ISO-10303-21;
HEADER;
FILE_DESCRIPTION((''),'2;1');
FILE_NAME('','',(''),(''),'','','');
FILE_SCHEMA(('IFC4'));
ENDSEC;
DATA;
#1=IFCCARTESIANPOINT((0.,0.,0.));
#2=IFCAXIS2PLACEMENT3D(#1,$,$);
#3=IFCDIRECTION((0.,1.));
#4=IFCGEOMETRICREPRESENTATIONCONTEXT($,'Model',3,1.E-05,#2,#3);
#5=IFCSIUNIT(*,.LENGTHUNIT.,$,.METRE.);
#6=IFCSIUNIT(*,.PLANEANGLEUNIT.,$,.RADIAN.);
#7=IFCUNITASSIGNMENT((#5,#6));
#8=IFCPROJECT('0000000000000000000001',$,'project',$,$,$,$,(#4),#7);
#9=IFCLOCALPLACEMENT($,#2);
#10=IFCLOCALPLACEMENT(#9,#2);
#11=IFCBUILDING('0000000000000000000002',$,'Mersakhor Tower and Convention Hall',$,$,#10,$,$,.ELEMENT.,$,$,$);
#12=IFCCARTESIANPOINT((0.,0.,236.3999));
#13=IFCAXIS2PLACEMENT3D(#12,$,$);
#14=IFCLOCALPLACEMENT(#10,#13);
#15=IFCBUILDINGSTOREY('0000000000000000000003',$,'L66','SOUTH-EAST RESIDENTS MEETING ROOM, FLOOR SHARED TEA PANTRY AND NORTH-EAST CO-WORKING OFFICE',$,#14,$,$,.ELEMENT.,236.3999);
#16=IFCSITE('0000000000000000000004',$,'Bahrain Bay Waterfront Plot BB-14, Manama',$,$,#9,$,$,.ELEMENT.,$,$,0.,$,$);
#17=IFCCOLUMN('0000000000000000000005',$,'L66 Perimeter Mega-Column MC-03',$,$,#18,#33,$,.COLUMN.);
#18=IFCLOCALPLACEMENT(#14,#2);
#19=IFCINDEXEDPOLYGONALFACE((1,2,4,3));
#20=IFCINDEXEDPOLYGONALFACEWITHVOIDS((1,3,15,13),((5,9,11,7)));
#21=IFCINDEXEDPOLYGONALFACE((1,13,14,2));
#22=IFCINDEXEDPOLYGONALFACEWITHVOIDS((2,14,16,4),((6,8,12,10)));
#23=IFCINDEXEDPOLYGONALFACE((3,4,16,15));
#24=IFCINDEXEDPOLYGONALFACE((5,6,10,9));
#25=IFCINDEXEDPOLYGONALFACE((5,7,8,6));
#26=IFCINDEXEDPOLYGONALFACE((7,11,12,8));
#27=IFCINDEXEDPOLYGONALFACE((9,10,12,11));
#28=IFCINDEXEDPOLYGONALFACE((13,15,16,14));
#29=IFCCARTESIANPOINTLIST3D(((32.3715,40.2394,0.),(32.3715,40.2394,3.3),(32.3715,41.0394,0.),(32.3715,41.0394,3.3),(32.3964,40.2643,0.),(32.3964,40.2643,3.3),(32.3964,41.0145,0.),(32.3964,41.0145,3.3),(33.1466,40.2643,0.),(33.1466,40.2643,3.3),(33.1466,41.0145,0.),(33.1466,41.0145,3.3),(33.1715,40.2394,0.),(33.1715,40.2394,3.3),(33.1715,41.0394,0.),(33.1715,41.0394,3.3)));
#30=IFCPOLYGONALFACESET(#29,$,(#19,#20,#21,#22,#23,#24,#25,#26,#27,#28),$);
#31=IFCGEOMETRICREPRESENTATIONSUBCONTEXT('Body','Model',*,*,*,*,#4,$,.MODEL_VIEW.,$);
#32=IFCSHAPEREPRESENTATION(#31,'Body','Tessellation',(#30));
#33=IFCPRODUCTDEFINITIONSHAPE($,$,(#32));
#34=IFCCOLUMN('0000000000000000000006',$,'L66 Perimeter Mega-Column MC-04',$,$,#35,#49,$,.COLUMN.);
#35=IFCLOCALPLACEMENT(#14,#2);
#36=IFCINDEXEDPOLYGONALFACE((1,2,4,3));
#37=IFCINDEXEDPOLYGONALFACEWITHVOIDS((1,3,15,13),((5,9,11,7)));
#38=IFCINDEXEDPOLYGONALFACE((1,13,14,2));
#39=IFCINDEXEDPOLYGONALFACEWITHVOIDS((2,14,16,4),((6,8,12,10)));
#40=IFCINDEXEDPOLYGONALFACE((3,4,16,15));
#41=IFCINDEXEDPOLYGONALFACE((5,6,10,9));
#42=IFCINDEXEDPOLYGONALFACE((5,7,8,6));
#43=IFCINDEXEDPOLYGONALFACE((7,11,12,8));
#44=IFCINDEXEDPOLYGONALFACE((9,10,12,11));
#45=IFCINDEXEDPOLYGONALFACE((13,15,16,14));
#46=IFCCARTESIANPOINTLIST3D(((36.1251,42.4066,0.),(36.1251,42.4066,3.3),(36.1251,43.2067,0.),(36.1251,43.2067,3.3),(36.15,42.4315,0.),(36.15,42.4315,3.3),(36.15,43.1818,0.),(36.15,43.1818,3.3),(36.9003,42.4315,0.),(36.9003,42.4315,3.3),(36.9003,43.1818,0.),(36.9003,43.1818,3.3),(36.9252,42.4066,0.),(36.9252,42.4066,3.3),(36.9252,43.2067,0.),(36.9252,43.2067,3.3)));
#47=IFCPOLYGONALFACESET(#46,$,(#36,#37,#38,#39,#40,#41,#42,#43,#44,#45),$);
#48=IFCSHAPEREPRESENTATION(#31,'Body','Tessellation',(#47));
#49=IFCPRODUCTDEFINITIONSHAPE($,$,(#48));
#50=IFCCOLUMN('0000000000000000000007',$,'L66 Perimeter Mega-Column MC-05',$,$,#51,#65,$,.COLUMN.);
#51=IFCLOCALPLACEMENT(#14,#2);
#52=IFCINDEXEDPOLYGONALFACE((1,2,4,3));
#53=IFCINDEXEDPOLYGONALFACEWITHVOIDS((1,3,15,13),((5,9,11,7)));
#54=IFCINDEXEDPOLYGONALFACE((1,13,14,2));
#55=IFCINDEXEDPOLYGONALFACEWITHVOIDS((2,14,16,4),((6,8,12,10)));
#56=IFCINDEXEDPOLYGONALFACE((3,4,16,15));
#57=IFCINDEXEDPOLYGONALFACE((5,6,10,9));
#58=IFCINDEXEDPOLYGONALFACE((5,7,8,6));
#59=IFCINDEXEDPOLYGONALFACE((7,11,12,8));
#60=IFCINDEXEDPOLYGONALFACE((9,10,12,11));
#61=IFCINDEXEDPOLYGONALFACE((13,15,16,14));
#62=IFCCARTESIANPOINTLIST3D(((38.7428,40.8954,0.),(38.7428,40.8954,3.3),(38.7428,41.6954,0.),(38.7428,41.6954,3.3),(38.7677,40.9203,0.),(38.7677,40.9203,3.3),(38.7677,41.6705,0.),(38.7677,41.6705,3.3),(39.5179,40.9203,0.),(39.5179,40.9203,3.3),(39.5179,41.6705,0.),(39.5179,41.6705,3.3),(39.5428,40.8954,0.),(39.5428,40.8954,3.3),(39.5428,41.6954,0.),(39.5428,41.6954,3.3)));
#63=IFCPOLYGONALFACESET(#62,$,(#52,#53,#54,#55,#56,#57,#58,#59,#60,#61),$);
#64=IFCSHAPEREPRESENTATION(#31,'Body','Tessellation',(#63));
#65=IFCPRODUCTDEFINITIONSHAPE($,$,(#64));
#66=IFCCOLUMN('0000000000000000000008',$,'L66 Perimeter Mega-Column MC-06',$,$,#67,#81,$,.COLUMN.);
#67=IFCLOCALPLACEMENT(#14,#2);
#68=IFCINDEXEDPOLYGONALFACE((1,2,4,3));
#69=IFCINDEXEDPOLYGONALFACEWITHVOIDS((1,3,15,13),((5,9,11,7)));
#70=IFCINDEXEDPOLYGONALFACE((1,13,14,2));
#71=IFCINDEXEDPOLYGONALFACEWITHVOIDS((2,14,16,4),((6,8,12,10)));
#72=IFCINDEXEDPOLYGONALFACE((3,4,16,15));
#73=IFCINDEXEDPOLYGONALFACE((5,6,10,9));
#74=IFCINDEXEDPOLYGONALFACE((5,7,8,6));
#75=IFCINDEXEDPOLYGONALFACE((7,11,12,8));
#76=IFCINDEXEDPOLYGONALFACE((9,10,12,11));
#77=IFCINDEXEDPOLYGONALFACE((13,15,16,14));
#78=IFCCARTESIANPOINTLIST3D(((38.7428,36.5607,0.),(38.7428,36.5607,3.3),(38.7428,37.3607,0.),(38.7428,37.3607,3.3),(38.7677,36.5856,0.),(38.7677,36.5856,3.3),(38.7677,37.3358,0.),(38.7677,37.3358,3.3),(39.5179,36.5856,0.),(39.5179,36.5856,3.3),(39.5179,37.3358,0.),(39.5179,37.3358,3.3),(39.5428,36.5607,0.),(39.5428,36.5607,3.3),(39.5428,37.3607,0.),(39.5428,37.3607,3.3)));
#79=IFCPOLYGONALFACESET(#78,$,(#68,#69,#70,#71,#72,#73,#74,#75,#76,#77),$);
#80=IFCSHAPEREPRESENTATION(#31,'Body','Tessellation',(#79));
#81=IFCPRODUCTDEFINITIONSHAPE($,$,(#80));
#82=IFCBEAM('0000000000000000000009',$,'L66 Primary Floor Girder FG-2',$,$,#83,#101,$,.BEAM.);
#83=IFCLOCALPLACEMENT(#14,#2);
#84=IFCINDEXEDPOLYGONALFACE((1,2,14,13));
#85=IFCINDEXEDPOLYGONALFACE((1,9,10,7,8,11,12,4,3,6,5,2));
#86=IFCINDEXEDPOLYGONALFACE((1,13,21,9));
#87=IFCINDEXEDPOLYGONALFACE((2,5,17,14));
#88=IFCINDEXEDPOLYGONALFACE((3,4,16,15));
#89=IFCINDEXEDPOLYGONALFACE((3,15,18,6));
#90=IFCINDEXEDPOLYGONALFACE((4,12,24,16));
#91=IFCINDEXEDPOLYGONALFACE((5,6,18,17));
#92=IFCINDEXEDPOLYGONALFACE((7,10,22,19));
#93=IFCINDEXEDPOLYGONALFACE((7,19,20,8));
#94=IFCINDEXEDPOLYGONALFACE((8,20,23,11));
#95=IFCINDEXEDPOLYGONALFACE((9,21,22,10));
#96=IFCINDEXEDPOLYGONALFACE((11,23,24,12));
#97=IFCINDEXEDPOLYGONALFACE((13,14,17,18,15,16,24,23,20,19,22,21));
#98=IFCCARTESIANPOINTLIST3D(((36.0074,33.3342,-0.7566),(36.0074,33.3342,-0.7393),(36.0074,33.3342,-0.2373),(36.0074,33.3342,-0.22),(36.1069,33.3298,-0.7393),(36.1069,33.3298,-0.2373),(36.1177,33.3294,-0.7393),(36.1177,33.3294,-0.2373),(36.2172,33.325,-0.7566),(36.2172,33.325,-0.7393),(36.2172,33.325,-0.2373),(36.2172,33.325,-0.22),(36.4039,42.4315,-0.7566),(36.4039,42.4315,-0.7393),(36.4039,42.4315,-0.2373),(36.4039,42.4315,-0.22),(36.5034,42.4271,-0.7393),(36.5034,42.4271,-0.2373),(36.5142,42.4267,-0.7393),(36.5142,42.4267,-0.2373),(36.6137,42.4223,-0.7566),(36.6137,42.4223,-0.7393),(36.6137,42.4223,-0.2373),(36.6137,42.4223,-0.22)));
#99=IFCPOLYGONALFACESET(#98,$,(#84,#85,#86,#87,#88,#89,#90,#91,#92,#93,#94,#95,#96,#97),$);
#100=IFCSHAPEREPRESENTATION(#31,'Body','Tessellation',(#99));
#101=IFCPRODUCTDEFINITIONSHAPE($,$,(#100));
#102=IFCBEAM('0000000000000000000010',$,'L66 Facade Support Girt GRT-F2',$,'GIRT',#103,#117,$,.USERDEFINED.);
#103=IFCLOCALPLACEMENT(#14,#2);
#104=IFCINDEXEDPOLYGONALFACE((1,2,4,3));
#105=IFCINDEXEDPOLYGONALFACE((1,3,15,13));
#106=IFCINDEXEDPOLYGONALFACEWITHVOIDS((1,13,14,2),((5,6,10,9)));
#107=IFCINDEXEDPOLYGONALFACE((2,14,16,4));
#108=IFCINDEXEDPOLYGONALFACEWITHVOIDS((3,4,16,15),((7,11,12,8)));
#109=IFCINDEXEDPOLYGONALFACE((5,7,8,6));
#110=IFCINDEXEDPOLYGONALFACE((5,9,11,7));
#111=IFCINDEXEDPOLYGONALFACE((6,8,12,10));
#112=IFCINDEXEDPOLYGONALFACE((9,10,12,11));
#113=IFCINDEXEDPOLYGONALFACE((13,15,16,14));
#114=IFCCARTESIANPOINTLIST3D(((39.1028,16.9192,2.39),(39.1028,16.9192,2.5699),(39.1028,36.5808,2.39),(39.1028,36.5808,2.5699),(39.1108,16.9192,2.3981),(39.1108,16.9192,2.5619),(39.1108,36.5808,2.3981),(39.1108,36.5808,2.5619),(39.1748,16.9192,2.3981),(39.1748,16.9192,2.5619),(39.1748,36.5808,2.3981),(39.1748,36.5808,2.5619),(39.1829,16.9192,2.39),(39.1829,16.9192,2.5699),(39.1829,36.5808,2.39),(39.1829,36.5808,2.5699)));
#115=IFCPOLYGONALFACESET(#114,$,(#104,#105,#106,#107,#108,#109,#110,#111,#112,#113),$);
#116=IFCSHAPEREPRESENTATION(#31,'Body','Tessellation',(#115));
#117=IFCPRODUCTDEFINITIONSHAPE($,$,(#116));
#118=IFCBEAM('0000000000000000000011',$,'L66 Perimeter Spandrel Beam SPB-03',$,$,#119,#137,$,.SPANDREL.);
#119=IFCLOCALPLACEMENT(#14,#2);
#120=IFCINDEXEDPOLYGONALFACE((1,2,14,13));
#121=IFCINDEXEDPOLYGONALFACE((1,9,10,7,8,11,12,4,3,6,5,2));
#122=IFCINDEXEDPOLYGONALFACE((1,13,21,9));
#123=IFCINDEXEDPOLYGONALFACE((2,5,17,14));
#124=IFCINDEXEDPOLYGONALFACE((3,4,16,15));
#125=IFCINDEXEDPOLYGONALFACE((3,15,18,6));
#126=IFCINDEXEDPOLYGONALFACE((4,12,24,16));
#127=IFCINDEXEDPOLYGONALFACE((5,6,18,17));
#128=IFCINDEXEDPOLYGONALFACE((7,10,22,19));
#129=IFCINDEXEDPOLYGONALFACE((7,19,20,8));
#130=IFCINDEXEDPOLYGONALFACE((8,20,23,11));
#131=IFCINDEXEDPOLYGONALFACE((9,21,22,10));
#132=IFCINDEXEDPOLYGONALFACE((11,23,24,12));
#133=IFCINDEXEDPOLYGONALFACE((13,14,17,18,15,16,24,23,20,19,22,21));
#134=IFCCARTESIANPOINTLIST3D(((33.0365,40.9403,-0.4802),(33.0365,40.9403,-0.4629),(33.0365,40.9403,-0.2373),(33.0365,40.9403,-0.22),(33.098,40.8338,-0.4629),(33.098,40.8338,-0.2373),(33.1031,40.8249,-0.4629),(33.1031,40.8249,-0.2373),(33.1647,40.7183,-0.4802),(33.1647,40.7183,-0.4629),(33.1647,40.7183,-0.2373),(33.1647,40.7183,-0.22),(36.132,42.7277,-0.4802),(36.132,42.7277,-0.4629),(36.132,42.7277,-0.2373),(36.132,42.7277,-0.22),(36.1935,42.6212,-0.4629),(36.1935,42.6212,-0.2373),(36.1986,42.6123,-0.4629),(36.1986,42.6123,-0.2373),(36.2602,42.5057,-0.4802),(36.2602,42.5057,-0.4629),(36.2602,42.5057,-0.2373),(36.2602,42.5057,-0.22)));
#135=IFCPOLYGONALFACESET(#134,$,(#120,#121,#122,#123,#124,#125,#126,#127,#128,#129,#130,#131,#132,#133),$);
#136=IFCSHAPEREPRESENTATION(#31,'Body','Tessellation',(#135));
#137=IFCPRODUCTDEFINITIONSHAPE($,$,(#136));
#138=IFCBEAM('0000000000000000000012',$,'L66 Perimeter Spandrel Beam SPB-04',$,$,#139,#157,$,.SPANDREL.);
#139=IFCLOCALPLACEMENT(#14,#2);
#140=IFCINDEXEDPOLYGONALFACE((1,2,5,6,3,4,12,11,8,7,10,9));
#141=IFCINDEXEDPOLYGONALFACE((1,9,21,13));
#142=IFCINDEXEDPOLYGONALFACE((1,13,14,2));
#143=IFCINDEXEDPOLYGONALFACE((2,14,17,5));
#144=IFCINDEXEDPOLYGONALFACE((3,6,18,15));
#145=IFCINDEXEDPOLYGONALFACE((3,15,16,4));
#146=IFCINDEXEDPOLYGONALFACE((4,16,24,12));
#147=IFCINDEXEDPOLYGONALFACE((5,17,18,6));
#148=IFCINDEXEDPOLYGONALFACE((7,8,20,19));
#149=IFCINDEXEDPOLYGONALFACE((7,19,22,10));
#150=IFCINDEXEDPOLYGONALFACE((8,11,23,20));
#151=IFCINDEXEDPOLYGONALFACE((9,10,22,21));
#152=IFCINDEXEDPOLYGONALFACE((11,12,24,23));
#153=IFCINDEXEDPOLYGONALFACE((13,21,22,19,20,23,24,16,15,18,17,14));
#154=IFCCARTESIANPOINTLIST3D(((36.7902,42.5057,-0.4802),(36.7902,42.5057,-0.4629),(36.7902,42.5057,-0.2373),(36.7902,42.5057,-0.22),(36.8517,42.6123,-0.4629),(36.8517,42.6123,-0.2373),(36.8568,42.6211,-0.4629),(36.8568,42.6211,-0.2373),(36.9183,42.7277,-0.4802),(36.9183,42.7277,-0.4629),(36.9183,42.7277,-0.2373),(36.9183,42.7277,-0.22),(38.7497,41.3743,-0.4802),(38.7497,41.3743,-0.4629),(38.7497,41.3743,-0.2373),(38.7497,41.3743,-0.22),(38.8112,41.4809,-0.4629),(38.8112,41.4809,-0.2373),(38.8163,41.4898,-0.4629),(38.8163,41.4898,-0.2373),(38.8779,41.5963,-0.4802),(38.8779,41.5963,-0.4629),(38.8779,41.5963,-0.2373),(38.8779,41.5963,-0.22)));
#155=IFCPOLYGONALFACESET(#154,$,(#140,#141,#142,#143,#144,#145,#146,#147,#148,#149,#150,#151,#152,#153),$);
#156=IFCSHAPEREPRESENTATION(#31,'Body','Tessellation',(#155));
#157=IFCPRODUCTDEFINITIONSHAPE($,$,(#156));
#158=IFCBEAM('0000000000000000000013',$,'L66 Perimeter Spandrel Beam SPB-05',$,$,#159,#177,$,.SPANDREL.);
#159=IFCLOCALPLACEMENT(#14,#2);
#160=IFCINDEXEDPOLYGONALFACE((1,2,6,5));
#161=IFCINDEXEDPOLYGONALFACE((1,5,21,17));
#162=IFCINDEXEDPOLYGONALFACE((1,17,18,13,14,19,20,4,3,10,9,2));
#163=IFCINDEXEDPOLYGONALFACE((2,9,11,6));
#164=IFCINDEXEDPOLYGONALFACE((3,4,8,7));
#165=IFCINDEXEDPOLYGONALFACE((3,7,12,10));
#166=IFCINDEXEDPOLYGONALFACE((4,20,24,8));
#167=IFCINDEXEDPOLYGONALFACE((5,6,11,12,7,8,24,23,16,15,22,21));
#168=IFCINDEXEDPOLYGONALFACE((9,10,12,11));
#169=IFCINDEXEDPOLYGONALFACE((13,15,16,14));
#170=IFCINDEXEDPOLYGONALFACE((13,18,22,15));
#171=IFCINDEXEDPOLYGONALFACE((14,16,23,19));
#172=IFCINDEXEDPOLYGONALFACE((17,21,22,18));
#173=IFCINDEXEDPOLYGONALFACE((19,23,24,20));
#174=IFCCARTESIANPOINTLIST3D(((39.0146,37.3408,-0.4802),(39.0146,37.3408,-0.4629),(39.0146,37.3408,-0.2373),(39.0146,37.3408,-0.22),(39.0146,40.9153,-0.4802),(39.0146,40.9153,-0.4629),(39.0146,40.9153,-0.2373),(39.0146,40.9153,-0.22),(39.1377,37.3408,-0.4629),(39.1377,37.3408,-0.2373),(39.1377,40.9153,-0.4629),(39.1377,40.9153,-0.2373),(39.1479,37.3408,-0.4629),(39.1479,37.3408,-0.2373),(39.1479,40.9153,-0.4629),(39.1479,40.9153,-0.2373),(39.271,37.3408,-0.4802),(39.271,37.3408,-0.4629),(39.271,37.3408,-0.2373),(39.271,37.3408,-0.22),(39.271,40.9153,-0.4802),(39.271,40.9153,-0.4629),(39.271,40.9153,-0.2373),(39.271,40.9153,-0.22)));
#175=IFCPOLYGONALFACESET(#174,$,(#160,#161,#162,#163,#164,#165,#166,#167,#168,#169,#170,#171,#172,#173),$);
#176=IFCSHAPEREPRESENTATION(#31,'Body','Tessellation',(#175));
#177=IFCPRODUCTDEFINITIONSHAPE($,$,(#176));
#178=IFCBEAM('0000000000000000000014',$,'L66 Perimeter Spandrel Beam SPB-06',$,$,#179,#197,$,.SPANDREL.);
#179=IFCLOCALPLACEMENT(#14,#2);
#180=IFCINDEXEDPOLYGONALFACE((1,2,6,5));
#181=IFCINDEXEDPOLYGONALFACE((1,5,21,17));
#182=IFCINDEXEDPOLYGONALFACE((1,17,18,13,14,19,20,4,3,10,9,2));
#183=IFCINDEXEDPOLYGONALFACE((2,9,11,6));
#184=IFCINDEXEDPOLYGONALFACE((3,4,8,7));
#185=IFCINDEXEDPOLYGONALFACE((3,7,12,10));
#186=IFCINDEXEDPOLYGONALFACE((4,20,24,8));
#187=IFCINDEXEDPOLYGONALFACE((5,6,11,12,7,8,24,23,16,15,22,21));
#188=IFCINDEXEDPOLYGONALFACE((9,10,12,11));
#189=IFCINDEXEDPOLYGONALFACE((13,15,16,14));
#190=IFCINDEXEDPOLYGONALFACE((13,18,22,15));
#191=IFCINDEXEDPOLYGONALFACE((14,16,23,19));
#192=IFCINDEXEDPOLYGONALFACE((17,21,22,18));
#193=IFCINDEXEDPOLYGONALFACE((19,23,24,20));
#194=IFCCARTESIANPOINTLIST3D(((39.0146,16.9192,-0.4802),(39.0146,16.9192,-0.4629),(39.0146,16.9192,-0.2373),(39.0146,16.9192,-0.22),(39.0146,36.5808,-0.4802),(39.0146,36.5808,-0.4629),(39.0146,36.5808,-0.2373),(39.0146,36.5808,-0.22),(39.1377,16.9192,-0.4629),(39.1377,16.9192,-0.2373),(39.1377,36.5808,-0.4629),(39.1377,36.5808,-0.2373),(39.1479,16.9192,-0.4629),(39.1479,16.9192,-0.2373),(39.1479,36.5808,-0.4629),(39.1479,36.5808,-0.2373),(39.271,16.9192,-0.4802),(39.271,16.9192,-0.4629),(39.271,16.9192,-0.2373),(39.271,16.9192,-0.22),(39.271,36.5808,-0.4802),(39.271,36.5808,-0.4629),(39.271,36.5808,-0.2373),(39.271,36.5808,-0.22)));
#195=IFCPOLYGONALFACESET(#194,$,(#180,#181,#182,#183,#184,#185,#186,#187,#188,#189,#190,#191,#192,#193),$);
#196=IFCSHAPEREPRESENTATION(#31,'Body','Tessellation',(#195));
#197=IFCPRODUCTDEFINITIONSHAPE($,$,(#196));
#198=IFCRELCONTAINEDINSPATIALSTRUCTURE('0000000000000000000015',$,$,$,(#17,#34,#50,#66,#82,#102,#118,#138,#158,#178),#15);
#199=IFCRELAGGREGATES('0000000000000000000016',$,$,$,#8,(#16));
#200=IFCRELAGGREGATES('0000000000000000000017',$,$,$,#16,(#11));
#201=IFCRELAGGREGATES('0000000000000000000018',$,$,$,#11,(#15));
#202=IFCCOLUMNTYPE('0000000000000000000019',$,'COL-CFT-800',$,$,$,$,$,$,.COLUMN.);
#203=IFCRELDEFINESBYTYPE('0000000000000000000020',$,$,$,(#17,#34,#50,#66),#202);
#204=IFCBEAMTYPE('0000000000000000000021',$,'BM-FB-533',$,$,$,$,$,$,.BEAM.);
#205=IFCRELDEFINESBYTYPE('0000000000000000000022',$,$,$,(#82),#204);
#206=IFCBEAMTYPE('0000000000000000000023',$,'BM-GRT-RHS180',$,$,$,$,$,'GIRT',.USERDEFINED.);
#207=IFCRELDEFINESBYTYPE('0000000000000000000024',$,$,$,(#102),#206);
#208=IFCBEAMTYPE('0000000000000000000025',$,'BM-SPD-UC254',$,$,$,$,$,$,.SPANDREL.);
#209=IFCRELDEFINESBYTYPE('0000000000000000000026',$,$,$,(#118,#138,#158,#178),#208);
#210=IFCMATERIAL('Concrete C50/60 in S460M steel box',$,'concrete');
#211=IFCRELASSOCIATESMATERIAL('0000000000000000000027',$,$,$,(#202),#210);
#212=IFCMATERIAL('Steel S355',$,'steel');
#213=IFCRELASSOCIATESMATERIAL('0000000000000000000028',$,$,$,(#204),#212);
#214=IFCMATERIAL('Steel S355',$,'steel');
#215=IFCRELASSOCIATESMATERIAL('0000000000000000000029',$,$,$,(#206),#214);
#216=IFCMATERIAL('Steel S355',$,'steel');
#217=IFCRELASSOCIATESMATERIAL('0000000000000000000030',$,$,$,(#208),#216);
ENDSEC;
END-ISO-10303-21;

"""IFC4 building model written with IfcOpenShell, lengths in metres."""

from ifc_helpers import new_model, si_unit, direction, frame, origin, origin_2d, place, context, subcontext, project, spatial, hollow_rectangle, i_section, extrude, material, material_profile, profile_set, type_object, element, save


model = new_model("IFC4")

# Units and contexts
model_context = context("Model", 3, precision=1e-05, world=origin(), true_north=direction((0.0, 1.0)))
body_context = subcontext(model_context, "Body", "Model", "MODEL_VIEW")
ifc_project = project(units=[si_unit("LENGTHUNIT", "METRE"), si_unit("PLANEANGLEUNIT", "RADIAN")], contexts=[model_context])

# Site, building, storey
site_placement = place(None, origin())
site = spatial("IfcSite", under=ifc_project, at=site_placement, Name="Bahrain Bay Waterfront Plot BB-14, Manama", CompositionType="ELEMENT", RefElevation=0.0)
building_placement = place(site_placement, origin())
building = spatial("IfcBuilding", under=site, at=building_placement, Name="Mersakhor Tower and Convention Hall", CompositionType="ELEMENT")
storey_placement = place(building_placement, frame((0.0, 0.0, 236.3999)))
storey = spatial("IfcBuildingStorey", under=building, at=storey_placement, Name="L66", Description="SOUTH-EAST RESIDENTS MEETING ROOM, FLOOR SHARED TEA PANTRY AND NORTH-EAST CO-WORKING OFFICE", CompositionType="ELEMENT", Elevation=236.3999)

# Columns
ifc_material_1 = material(Name="Concrete C50/60 in S460M steel box", Category="concrete")
ifc_material_profile_1 = material_profile(ifc_material_1, hollow_rectangle(XDim=0.8, YDim=0.8, WallThickness=0.0249, at=origin_2d()), Name="SHS 800x800x25")
ifc_profile_set_1 = profile_set([ifc_material_profile_1], Name="Concrete C50/60 in S460M steel box")
column_type = type_object("IfcColumnType", Name="COL-CFT-800", PredefinedType="COLUMN", material=ifc_profile_set_1)
for number, where, z_axis, x_axis, name in (
    (1, (32.7715, 40.6394, 0.0), (0.0, 0.0, 1.0), (1.0, 0.0, 0.0), "L66 Perimeter Mega-Column MC-03"),
    (2, (36.5251, 42.8066, 0.0), (0.0, 0.0, 1.0), (1.0, 0.0, 0.0), "L66 Perimeter Mega-Column MC-04"),
    (3, (39.1428, 41.2954, 0.0), (0.0, 0.0, 1.0), (1.0, 0.0, 0.0), "L66 Perimeter Mega-Column MC-05"),
    (4, (39.1428, 36.9607, 0.0), (0.0, 0.0, 1.0), (1.0, 0.0, 0.0), "L66 Perimeter Mega-Column MC-06"),
):
    element("IfcColumn", number, at=place(storey_placement, frame(where, z_axis=z_axis, x_axis=x_axis)), inside=storey, type_object=column_type, Name=name, PredefinedType="COLUMN", context=body_context, shape_type="SweptSolid", body=[
        extrude(hollow_rectangle(XDim=0.8, YDim=0.8, WallThickness=0.0249, at=origin_2d()), origin(), (0.0, 0.0, 1.0), 3.3),
    ])

# Beams
ifc_material_2 = material(Name="Steel S355", Category="steel")
ifc_material_profile_2 = material_profile(ifc_material_2, i_section(OverallWidth=0.21, OverallDepth=0.5366, WebThickness=0.0107, FlangeThickness=0.0173, at=origin_2d()), Name="UB 533x210x101")
ifc_profile_set_2 = profile_set([ifc_material_profile_2], Name="Steel S355")
beam_type_1 = type_object("IfcBeamType", Name="BM-FB-533", PredefinedType="BEAM", material=ifc_profile_set_2)
beam_1_placement = place(storey_placement, frame((36.1123, 33.3296, -0.4883), z_axis=(0.043541, 0.999052, 0.0), x_axis=(-0.999052, 0.043541, 0.0)))
element("IfcBeam", 5, at=beam_1_placement, inside=storey, type_object=beam_type_1, Name="L66 Primary Floor Girder FG-2", PredefinedType="BEAM", context=body_context, shape_type="SweptSolid", body=[
    extrude(i_section(OverallWidth=0.21, OverallDepth=0.5366, WebThickness=0.0107, FlangeThickness=0.0173, at=origin_2d()), origin(), (0.0, 0.0, 1.0), 9.106),
])
ifc_material_3 = material(Name="Steel S355", Category="steel")
ifc_material_profile_3 = material_profile(ifc_material_3, hollow_rectangle(XDim=0.0801, YDim=0.1799, WallThickness=0.0081, at=origin_2d()), Name="RHS 180x80x8")
ifc_profile_set_3 = profile_set([ifc_material_profile_3], Name="Steel S355")
beam_type_2 = type_object("IfcBeamType", Name="BM-GRT-RHS180", ElementType="GIRT", PredefinedType="USERDEFINED", material=ifc_profile_set_3)
beam_2_placement = place(storey_placement, frame((39.1428, 36.5808, 2.48), z_axis=(0.0, -1.0, 0.0), x_axis=(1.0, 0.0, 0.0)))
element("IfcBeam", 6, at=beam_2_placement, inside=storey, type_object=beam_type_2, Name="L66 Facade Support Girt GRT-F2", ObjectType="GIRT", PredefinedType="USERDEFINED", context=body_context, shape_type="SweptSolid", body=[
    extrude(hollow_rectangle(XDim=0.0801, YDim=0.1799, WallThickness=0.0081, at=origin_2d()), origin(), (0.0, 0.0, 1.0), 19.6616),
])
ifc_material_4 = material(Name="Steel S355", Category="steel")
ifc_material_profile_4 = material_profile(ifc_material_4, i_section(OverallWidth=0.2563, OverallDepth=0.2603, WebThickness=0.0103, FlangeThickness=0.0173, at=origin_2d()), Name="UC 254x254x89")
ifc_profile_set_4 = profile_set([ifc_material_profile_4], Name="Steel S355")
beam_type_3 = type_object("IfcBeamType", Name="BM-SPD-UC254", PredefinedType="SPANDREL", material=ifc_profile_set_4)
beam_3_placement = place(storey_placement, frame((33.1006, 40.8293, -0.3501), z_axis=(0.866002, 0.50004, 0.0), x_axis=(-0.50004, 0.866002, 0.0)))
element("IfcBeam", 7, at=beam_3_placement, inside=storey, type_object=beam_type_3, Name="L66 Perimeter Spandrel Beam SPB-03", PredefinedType="SPANDREL", context=body_context, shape_type="SweptSolid", body=[
    extrude(i_section(OverallWidth=0.2563, OverallDepth=0.2603, WebThickness=0.0103, FlangeThickness=0.0173, at=origin_2d()), origin(), (0.0, 0.0, 1.0), 3.5745),
])
beam_4_placement = place(storey_placement, frame((36.8542, 42.6167, -0.3501), z_axis=(0.866017, -0.500015, 0.0), x_axis=(0.500015, 0.866017, 0.0)))
element("IfcBeam", 8, at=beam_4_placement, inside=storey, type_object=beam_type_3, Name="L66 Perimeter Spandrel Beam SPB-04", PredefinedType="SPANDREL", context=body_context, shape_type="SweptSolid", body=[
    extrude(i_section(OverallWidth=0.2563, OverallDepth=0.2603, WebThickness=0.0103, FlangeThickness=0.0173, at=origin_2d()), origin(), (0.0, 0.0, 1.0), 2.2627),
])
beam_5_placement = place(storey_placement, frame((39.1428, 40.9153, -0.3501), z_axis=(0.0, -1.0, 0.0), x_axis=(1.0, 0.0, 0.0)))
element("IfcBeam", 9, at=beam_5_placement, inside=storey, type_object=beam_type_3, Name="L66 Perimeter Spandrel Beam SPB-05", PredefinedType="SPANDREL", context=body_context, shape_type="SweptSolid", body=[
    extrude(i_section(OverallWidth=0.2563, OverallDepth=0.2603, WebThickness=0.0103, FlangeThickness=0.0173, at=origin_2d()), origin(), (0.0, 0.0, 1.0), 3.5745),
])
beam_6_placement = place(storey_placement, frame((39.1428, 36.5808, -0.3501), z_axis=(0.0, -1.0, 0.0), x_axis=(1.0, 0.0, 0.0)))
element("IfcBeam", 10, at=beam_6_placement, inside=storey, type_object=beam_type_3, Name="L66 Perimeter Spandrel Beam SPB-06", PredefinedType="SPANDREL", context=body_context, shape_type="SweptSolid", body=[
    extrude(i_section(OverallWidth=0.2563, OverallDepth=0.2603, WebThickness=0.0103, FlangeThickness=0.0173, at=origin_2d()), origin(), (0.0, 0.0, 1.0), 19.6616),
])

save(model, "model.ifc")
